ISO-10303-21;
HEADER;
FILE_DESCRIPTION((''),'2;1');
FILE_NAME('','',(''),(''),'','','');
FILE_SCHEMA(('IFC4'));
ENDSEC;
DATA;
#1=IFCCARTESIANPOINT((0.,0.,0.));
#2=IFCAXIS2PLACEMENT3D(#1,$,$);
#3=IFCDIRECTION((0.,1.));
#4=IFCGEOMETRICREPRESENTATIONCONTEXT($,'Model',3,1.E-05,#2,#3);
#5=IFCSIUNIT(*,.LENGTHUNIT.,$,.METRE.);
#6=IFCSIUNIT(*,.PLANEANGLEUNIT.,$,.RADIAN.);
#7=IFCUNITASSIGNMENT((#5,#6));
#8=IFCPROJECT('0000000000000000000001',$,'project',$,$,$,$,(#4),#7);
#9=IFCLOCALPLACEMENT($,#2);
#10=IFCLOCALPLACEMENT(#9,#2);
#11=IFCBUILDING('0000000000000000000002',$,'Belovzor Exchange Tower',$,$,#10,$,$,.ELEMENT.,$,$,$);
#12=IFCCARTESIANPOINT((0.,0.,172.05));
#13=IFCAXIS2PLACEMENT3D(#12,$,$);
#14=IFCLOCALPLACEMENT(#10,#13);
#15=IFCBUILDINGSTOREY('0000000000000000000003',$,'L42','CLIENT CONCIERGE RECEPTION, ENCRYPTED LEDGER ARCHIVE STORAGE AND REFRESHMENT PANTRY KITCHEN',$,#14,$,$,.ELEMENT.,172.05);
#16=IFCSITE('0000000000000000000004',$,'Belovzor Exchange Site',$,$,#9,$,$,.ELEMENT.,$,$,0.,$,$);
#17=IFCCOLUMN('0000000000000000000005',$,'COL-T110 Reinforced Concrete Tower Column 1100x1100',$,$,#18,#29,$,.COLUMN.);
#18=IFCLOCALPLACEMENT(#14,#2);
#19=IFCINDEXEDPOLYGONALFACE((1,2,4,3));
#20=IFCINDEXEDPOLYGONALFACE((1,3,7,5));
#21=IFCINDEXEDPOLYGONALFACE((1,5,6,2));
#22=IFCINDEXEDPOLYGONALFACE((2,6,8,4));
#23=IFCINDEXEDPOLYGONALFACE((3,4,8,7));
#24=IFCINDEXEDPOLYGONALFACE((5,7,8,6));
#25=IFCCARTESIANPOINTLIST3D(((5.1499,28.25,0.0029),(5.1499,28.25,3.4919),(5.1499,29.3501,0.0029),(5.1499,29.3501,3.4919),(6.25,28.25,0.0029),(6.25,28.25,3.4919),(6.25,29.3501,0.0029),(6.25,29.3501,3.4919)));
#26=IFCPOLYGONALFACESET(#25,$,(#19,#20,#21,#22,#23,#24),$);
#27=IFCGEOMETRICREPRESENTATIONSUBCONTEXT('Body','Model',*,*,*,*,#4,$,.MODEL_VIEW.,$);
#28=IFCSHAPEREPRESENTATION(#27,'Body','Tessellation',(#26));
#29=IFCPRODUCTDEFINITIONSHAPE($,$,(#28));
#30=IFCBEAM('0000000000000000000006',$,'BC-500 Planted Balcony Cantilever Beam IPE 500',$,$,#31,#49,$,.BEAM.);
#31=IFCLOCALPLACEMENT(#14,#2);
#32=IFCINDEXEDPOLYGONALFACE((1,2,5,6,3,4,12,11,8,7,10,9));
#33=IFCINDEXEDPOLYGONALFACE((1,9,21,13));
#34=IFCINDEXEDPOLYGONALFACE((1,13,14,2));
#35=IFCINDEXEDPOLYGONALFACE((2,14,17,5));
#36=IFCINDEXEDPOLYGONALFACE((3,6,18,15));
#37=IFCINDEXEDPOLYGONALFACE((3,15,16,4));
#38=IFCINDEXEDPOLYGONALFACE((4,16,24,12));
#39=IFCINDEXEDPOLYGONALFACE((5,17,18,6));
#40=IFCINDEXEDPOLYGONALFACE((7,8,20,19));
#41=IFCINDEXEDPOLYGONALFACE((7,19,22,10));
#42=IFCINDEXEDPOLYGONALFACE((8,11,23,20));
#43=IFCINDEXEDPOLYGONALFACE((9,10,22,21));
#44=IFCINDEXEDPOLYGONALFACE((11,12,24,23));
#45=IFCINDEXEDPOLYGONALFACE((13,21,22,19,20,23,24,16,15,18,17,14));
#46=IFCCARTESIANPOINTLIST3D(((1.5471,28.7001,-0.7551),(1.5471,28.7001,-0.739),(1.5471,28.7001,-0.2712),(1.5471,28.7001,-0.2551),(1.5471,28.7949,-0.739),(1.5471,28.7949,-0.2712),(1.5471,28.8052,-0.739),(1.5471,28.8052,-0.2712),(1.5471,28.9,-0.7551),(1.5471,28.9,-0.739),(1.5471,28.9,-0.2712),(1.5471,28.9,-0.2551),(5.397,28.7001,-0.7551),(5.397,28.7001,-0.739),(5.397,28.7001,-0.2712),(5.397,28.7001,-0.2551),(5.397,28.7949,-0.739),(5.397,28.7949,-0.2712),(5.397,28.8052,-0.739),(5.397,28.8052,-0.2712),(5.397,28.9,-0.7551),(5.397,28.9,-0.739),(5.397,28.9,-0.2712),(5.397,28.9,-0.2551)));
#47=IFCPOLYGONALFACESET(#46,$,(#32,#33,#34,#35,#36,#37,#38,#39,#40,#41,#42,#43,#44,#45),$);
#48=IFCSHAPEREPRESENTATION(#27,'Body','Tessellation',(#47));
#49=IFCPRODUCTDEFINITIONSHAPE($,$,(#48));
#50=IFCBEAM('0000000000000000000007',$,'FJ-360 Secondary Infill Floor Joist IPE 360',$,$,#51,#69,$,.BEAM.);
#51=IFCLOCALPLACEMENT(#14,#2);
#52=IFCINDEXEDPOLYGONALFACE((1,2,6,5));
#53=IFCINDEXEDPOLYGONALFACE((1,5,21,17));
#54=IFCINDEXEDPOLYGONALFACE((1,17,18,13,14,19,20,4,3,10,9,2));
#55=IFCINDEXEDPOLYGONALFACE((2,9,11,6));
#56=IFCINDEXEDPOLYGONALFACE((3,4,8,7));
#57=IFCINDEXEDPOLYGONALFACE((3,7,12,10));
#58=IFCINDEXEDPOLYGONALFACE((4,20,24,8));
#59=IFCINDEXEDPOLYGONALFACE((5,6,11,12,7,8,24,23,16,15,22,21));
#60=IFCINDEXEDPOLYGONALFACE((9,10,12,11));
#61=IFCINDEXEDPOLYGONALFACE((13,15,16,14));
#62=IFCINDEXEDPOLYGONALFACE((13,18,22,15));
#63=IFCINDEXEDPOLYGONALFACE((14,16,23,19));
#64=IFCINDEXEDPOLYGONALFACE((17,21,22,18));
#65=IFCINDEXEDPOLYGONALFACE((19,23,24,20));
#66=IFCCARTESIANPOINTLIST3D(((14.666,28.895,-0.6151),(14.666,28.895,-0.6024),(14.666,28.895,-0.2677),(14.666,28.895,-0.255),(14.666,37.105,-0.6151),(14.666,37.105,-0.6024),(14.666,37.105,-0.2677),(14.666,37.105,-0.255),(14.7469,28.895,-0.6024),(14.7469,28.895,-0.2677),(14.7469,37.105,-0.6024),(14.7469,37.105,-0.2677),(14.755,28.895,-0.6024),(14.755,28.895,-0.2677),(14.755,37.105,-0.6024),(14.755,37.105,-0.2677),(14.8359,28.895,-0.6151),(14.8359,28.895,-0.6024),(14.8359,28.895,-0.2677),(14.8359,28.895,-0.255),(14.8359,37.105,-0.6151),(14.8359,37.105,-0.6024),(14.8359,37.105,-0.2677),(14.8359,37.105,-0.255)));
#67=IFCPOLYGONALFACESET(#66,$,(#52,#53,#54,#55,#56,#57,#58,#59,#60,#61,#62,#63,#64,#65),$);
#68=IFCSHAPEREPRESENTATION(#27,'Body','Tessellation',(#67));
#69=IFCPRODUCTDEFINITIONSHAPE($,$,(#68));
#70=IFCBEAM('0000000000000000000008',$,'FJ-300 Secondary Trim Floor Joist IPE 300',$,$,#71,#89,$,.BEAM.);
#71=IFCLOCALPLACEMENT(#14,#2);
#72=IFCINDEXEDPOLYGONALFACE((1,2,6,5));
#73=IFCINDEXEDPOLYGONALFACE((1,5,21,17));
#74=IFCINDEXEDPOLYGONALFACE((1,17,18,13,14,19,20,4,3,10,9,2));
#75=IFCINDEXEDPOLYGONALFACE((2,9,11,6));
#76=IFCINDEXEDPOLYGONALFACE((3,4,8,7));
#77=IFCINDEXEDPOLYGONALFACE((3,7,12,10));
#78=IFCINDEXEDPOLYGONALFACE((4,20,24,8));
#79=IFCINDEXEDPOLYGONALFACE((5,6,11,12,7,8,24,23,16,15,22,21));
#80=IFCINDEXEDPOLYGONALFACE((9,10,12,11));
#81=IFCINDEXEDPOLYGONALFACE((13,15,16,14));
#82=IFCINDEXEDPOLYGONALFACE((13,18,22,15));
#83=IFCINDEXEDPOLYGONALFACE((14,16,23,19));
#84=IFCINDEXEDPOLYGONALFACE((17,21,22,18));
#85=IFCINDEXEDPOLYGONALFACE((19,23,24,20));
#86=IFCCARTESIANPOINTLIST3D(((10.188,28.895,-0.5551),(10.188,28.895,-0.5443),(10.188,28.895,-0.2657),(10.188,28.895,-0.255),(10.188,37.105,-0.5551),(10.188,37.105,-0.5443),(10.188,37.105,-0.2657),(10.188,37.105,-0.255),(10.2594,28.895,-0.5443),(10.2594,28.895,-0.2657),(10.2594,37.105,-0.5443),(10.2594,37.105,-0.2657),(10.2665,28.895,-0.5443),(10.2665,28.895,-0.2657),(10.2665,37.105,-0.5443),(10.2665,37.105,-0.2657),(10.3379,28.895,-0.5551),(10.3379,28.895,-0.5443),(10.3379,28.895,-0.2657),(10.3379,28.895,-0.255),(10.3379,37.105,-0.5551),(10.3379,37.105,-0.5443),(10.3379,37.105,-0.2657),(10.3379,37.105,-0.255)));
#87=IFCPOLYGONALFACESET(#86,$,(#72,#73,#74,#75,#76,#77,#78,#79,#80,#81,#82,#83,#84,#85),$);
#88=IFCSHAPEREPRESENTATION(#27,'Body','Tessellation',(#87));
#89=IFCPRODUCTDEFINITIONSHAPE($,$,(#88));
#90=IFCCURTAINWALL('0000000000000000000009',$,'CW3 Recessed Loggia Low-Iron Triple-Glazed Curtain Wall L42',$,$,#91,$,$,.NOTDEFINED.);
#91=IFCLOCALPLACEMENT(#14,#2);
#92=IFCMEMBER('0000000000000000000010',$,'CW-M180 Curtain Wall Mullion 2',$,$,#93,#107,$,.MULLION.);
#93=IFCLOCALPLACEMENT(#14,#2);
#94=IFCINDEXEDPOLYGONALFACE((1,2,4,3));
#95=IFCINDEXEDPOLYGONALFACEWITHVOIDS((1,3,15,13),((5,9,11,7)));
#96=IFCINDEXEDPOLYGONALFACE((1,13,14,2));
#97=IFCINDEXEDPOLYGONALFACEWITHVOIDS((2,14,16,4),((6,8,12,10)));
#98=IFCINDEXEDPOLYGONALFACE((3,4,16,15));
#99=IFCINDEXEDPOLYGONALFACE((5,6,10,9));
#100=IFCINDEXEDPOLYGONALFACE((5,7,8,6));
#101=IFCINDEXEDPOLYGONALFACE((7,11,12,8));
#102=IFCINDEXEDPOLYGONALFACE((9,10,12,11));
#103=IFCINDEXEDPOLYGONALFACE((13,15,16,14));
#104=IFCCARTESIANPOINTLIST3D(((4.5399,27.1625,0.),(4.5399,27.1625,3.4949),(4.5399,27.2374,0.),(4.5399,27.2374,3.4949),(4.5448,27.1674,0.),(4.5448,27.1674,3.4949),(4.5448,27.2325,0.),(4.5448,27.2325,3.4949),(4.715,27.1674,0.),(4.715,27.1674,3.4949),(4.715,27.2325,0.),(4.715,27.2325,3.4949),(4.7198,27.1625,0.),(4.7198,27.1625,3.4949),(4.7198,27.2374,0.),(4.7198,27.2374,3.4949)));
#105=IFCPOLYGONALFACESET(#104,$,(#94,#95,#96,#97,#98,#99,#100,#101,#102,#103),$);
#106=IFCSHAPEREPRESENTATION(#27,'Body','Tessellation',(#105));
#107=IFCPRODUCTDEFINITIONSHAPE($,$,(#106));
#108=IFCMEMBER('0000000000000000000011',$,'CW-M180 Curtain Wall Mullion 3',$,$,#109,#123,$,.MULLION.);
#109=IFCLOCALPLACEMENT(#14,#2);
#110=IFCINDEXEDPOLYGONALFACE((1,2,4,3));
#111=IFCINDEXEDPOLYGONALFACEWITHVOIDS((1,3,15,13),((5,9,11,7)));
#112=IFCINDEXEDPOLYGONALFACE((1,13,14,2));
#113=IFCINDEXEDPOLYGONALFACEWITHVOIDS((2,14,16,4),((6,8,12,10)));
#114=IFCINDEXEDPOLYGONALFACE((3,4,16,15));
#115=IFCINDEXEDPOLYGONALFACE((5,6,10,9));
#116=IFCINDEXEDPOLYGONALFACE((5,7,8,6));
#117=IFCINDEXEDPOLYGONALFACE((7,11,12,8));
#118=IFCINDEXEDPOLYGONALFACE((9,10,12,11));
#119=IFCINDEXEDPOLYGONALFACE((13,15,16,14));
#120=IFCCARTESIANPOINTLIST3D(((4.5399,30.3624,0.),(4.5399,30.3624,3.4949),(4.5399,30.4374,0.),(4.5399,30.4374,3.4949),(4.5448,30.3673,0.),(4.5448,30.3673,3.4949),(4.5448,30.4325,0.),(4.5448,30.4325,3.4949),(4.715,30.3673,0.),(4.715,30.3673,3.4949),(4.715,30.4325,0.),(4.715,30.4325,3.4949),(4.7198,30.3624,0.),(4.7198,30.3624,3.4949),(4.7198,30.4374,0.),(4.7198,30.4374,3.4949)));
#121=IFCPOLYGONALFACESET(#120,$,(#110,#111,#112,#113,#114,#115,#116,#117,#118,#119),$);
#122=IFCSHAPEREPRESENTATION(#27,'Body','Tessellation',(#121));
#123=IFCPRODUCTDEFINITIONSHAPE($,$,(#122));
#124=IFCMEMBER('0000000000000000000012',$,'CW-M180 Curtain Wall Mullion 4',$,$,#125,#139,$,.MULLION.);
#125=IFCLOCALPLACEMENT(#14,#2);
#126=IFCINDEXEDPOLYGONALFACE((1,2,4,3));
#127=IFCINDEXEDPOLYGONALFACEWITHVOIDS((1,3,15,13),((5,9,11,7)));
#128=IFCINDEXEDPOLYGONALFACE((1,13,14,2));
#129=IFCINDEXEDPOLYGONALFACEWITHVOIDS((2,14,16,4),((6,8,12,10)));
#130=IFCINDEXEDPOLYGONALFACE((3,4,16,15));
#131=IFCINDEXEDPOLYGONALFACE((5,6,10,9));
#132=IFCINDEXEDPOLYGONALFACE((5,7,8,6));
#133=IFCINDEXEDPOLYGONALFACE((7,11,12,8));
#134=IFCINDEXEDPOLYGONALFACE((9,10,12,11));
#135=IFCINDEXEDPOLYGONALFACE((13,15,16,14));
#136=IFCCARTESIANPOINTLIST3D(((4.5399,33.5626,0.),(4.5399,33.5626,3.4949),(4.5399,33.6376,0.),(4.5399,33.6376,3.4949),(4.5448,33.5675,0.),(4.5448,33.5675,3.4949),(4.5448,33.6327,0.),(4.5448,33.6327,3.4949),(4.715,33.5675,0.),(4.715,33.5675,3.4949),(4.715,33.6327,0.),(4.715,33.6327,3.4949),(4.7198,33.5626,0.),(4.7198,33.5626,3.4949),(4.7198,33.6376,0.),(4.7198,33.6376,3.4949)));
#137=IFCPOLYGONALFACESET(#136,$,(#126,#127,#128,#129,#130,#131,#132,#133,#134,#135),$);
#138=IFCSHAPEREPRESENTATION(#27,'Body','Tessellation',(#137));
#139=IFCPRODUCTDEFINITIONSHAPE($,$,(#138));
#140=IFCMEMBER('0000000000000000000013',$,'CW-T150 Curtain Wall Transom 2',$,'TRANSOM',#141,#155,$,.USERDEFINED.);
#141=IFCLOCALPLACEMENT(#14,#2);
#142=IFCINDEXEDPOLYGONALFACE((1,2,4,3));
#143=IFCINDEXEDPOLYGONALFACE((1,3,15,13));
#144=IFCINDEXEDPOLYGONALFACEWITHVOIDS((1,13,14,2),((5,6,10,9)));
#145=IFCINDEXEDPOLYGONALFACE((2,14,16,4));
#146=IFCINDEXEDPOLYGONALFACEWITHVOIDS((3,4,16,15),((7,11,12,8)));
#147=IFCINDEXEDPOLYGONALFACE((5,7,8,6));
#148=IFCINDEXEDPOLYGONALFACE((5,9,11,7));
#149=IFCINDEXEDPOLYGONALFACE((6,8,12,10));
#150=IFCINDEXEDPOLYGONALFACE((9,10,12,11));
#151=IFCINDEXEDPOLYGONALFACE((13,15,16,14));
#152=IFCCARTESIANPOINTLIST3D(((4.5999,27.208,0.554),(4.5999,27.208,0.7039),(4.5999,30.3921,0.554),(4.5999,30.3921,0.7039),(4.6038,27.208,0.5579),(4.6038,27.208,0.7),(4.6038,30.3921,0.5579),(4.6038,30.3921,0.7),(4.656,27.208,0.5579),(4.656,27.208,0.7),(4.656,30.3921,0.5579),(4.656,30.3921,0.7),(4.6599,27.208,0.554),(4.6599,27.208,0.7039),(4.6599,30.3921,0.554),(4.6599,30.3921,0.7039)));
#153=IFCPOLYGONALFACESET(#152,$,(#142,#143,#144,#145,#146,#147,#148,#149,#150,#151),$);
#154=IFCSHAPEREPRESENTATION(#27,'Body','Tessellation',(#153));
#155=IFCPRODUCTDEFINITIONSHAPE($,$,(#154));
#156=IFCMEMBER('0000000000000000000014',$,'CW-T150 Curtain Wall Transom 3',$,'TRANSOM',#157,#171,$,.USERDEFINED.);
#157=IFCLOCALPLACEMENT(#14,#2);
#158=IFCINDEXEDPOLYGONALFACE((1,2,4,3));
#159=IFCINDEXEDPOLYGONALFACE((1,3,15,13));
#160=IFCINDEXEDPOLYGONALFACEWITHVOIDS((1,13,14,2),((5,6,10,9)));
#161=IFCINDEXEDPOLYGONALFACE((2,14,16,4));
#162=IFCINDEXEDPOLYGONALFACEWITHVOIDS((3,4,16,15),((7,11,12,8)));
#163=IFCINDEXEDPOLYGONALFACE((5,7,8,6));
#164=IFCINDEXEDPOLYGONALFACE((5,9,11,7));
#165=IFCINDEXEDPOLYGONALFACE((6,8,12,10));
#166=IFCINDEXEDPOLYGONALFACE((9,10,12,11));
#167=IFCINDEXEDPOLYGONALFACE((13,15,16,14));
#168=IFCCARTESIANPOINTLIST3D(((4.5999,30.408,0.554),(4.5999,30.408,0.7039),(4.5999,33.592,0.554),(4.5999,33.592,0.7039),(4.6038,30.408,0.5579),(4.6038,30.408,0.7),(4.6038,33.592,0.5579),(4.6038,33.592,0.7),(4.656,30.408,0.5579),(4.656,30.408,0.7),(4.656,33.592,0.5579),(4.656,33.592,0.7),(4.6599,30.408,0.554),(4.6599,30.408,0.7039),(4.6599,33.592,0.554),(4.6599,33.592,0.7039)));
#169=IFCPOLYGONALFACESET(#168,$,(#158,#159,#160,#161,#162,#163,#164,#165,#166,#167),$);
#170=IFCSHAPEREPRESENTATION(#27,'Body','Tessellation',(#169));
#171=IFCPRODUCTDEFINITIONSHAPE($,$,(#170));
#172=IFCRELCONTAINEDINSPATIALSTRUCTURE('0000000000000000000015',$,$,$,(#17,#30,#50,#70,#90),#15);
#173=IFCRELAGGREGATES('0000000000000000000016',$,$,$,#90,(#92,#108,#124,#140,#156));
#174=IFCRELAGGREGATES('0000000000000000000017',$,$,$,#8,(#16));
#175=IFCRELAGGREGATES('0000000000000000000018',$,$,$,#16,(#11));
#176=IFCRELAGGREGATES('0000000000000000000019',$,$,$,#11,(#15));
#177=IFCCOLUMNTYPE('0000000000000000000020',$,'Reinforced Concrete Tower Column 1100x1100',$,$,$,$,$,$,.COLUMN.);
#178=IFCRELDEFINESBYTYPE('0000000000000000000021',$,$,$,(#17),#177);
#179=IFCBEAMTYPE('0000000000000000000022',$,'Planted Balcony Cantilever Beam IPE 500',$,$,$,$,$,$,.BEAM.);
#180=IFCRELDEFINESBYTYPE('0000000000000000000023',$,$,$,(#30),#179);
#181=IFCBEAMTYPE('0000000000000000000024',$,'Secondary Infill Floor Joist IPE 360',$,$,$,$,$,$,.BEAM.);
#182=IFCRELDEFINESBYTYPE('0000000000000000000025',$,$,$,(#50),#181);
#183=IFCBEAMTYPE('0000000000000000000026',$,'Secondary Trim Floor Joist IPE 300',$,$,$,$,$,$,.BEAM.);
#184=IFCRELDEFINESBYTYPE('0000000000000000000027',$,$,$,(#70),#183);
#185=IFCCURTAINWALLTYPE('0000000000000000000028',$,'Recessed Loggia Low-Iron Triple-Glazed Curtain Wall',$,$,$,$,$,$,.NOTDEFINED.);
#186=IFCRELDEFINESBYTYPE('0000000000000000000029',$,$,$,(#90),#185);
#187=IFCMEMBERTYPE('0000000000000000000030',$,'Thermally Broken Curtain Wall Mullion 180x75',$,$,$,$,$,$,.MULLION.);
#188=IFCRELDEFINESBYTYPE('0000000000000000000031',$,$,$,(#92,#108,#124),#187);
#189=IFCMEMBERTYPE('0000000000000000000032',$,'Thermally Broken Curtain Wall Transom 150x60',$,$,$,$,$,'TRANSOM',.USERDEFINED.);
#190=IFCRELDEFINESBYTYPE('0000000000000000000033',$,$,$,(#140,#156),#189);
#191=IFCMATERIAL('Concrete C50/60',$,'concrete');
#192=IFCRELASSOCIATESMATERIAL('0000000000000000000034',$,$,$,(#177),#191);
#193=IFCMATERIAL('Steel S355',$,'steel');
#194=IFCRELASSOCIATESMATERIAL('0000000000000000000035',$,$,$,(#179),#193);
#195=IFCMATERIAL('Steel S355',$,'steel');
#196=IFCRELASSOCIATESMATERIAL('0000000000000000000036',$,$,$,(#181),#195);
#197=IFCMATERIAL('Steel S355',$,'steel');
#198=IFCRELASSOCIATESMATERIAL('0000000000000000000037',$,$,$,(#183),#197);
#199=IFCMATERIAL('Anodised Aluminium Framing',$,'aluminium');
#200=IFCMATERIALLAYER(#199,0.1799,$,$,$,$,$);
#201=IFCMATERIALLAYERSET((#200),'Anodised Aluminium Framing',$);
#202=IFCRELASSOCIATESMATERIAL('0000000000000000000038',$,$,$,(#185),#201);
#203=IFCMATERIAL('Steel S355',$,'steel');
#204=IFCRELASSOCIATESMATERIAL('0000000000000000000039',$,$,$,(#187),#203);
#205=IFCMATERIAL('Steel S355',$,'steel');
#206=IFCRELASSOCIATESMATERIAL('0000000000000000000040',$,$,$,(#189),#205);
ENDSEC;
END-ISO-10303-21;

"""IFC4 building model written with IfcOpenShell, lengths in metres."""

from ifc_helpers import new_model, si_unit, direction, frame, origin, origin_2d, place, context, subcontext, project, spatial, rectangle, hollow_rectangle, i_section, extrude, material, layer, layer_set, material_profile, profile_set, type_object, element, aggregate, save


model = new_model("IFC4")

# Units and contexts
model_context = context("Model", 3, precision=1e-05, world=origin(), true_north=direction((0.0, 1.0)))
body_context = subcontext(model_context, "Body", "Model", "MODEL_VIEW")
ifc_project = project(units=[si_unit("LENGTHUNIT", "METRE"), si_unit("PLANEANGLEUNIT", "RADIAN")], contexts=[model_context])

# Site, building, storey
site_placement = place(None, origin())
site = spatial("IfcSite", under=ifc_project, at=site_placement, Name="Belovzor Exchange Site", CompositionType="ELEMENT", RefElevation=0.0)
building_placement = place(site_placement, origin())
building = spatial("IfcBuilding", under=site, at=building_placement, Name="Belovzor Exchange Tower", CompositionType="ELEMENT")
storey_placement = place(building_placement, frame((0.0, 0.0, 172.05)))
storey = spatial("IfcBuildingStorey", under=building, at=storey_placement, Name="L42", Description="CLIENT CONCIERGE RECEPTION, ENCRYPTED LEDGER ARCHIVE STORAGE AND REFRESHMENT PANTRY KITCHEN", CompositionType="ELEMENT", Elevation=172.05)

# Column
ifc_material_1 = material(Name="Concrete C50/60", Category="concrete")
ifc_material_profile_1 = material_profile(ifc_material_1, rectangle(XDim=1.1001, YDim=1.1001, at=origin_2d()))
ifc_profile_set_1 = profile_set([ifc_material_profile_1], Name="Concrete C50/60")
column_type = type_object("IfcColumnType", Name="Reinforced Concrete Tower Column 1100x1100", PredefinedType="COLUMN", material=ifc_profile_set_1)
column_placement = place(storey_placement, frame((5.7, 28.8, 0.0029), z_axis=(0.0, 0.0, 1.0), x_axis=(1.0, 0.0, 0.0)))
element("IfcColumn", 1, at=column_placement, inside=storey, type_object=column_type, Name="COL-T110 Reinforced Concrete Tower Column 1100x1100", PredefinedType="COLUMN", context=body_context, shape_type="SweptSolid", body=[
    extrude(rectangle(XDim=1.1001, YDim=1.1001, at=origin_2d()), origin(), (0.0, 0.0, 1.0), 3.489),
])

# Beams
ifc_material_2 = material(Name="Steel S355", Category="steel")
ifc_material_profile_2 = material_profile(ifc_material_2, i_section(OverallWidth=0.2, OverallDepth=0.5, WebThickness=0.0103, FlangeThickness=0.0161, at=origin_2d()))
ifc_profile_set_2 = profile_set([ifc_material_profile_2], Name="Steel S355")
beam_type_1 = type_object("IfcBeamType", Name="Planted Balcony Cantilever Beam IPE 500", PredefinedType="BEAM", material=ifc_profile_set_2)
beam_1_placement = place(storey_placement, frame((5.397, 28.8, -0.5051), z_axis=(-1.0, 0.0, 0.0), x_axis=(0.0, -1.0, 0.0)))
element("IfcBeam", 2, at=beam_1_placement, inside=storey, type_object=beam_type_1, Name="BC-500 Planted Balcony Cantilever Beam IPE 500", PredefinedType="BEAM", context=body_context, shape_type="SweptSolid", body=[
    extrude(i_section(OverallWidth=0.2, OverallDepth=0.5, WebThickness=0.0103, FlangeThickness=0.0161, at=origin_2d()), origin(), (0.0, 0.0, 1.0), 3.8499),
])
ifc_material_3 = material(Name="Steel S355", Category="steel")
ifc_material_profile_3 = material_profile(ifc_material_3, i_section(OverallWidth=0.1699, OverallDepth=0.3601, WebThickness=0.0081, FlangeThickness=0.0127, at=origin_2d()))
ifc_profile_set_3 = profile_set([ifc_material_profile_3], Name="Steel S355")
beam_type_2 = type_object("IfcBeamType", Name="Secondary Infill Floor Joist IPE 360", PredefinedType="BEAM", material=ifc_profile_set_3)
beam_2_placement = place(storey_placement, frame((14.751, 28.895, -0.4351), z_axis=(0.0, 1.0, 0.0), x_axis=(-1.0, 0.0, 0.0)))
element("IfcBeam", 3, at=beam_2_placement, inside=storey, type_object=beam_type_2, Name="FJ-360 Secondary Infill Floor Joist IPE 360", PredefinedType="BEAM", context=body_context, shape_type="SweptSolid", body=[
    extrude(i_section(OverallWidth=0.1699, OverallDepth=0.3601, WebThickness=0.0081, FlangeThickness=0.0127, at=origin_2d()), origin(), (0.0, 0.0, 1.0), 8.21),
])
ifc_material_4 = material(Name="Steel S355", Category="steel")
ifc_material_profile_4 = material_profile(ifc_material_4, i_section(OverallWidth=0.1499, OverallDepth=0.3, WebThickness=0.0071, FlangeThickness=0.0107, at=origin_2d()))
ifc_profile_set_4 = profile_set([ifc_material_profile_4], Name="Steel S355")
beam_type_3 = type_object("IfcBeamType", Name="Secondary Trim Floor Joist IPE 300", PredefinedType="BEAM", material=ifc_profile_set_4)
beam_3_placement = place(storey_placement, frame((10.2629, 28.895, -0.405), z_axis=(0.0, 1.0, 0.0), x_axis=(-1.0, 0.0, 0.0)))
element("IfcBeam", 4, at=beam_3_placement, inside=storey, type_object=beam_type_3, Name="FJ-300 Secondary Trim Floor Joist IPE 300", PredefinedType="BEAM", context=body_context, shape_type="SweptSolid", body=[
    extrude(i_section(OverallWidth=0.1499, OverallDepth=0.3, WebThickness=0.0071, FlangeThickness=0.0107, at=origin_2d()), origin(), (0.0, 0.0, 1.0), 8.21),
])

# Curtain wall, members
ifc_material_5 = material(Name="Anodised Aluminium Framing", Category="aluminium")
ifc_layer_1 = layer(ifc_material_5, 0.1799)
ifc_layer_set_1 = layer_set([ifc_layer_1], Name="Anodised Aluminium Framing")
curtain_wall_type = type_object("IfcCurtainWallType", Name="Recessed Loggia Low-Iron Triple-Glazed Curtain Wall", PredefinedType="NOTDEFINED", material=ifc_layer_set_1)
curtain_wall_placement = place(storey_placement, origin())
curtain_wall = element("IfcCurtainWall", 5, at=curtain_wall_placement, inside=storey, type_object=curtain_wall_type, Name="CW3 Recessed Loggia Low-Iron Triple-Glazed Curtain Wall L42", PredefinedType="NOTDEFINED")
ifc_material_6 = material(Name="Steel S355", Category="steel")
ifc_material_profile_5 = material_profile(ifc_material_6, hollow_rectangle(XDim=0.075, YDim=0.1799, WallThickness=0.0049, at=origin_2d()))
ifc_profile_set_5 = profile_set([ifc_material_profile_5], Name="Steel S355")
member_type_1 = type_object("IfcMemberType", Name="Thermally Broken Curtain Wall Mullion 180x75", PredefinedType="MULLION", material=ifc_profile_set_5)
member_1_placement = place(storey_placement, frame((4.6299, 27.2, 0.0), z_axis=(0.0, 0.0, 1.0), x_axis=(0.0, 1.0, 0.0)))
member_1 = element("IfcMember", 6, at=member_1_placement, type_object=member_type_1, Name="CW-M180 Curtain Wall Mullion 2", PredefinedType="MULLION", context=body_context, shape_type="SweptSolid", body=[
    extrude(hollow_rectangle(XDim=0.075, YDim=0.1799, WallThickness=0.0049, at=origin_2d()), origin(), (0.0, 0.0, 1.0), 3.4949),
])
member_2_placement = place(storey_placement, frame((4.6299, 30.3999, 0.0), z_axis=(0.0, 0.0, 1.0), x_axis=(0.0, 1.0, 0.0)))
member_2 = element("IfcMember", 7, at=member_2_placement, type_object=member_type_1, Name="CW-M180 Curtain Wall Mullion 3", PredefinedType="MULLION", context=body_context, shape_type="SweptSolid", body=[
    extrude(hollow_rectangle(XDim=0.075, YDim=0.1799, WallThickness=0.0049, at=origin_2d()), origin(), (0.0, 0.0, 1.0), 3.4949),
])
member_3_placement = place(storey_placement, frame((4.6299, 33.6001, 0.0), z_axis=(0.0, 0.0, 1.0), x_axis=(0.0, 1.0, 0.0)))
member_3 = element("IfcMember", 8, at=member_3_placement, type_object=member_type_1, Name="CW-M180 Curtain Wall Mullion 4", PredefinedType="MULLION", context=body_context, shape_type="SweptSolid", body=[
    extrude(hollow_rectangle(XDim=0.075, YDim=0.1799, WallThickness=0.0049, at=origin_2d()), origin(), (0.0, 0.0, 1.0), 3.4949),
])
ifc_material_7 = material(Name="Steel S355", Category="steel")
ifc_material_profile_6 = material_profile(ifc_material_7, hollow_rectangle(XDim=0.0601, YDim=0.1499, WallThickness=0.0039, at=origin_2d()))
ifc_profile_set_6 = profile_set([ifc_material_profile_6], Name="Steel S355")
member_type_2 = type_object("IfcMemberType", Name="Thermally Broken Curtain Wall Transom 150x60", ElementType="TRANSOM", PredefinedType="USERDEFINED", material=ifc_profile_set_6)
member_4_placement = place(storey_placement, frame((4.6299, 27.208, 0.6289), z_axis=(0.0, 1.0, 0.0), x_axis=(-1.0, 0.0, 0.0)))
member_4 = element("IfcMember", 9, at=member_4_placement, type_object=member_type_2, Name="CW-T150 Curtain Wall Transom 2", ObjectType="TRANSOM", PredefinedType="USERDEFINED", context=body_context, shape_type="SweptSolid", body=[
    extrude(hollow_rectangle(XDim=0.0601, YDim=0.1499, WallThickness=0.0039, at=origin_2d()), origin(), (0.0, 0.0, 1.0), 3.1841),
])
member_5_placement = place(storey_placement, frame((4.6299, 30.408, 0.6289), z_axis=(0.0, 1.0, 0.0), x_axis=(-1.0, 0.0, 0.0)))
member_5 = element("IfcMember", 10, at=member_5_placement, type_object=member_type_2, Name="CW-T150 Curtain Wall Transom 3", ObjectType="TRANSOM", PredefinedType="USERDEFINED", context=body_context, shape_type="SweptSolid", body=[
    extrude(hollow_rectangle(XDim=0.0601, YDim=0.1499, WallThickness=0.0039, at=origin_2d()), origin(), (0.0, 0.0, 1.0), 3.1841),
])

aggregate(curtain_wall, [member_1, member_2, member_3, member_4, member_5])

save(model, "model.ifc")
